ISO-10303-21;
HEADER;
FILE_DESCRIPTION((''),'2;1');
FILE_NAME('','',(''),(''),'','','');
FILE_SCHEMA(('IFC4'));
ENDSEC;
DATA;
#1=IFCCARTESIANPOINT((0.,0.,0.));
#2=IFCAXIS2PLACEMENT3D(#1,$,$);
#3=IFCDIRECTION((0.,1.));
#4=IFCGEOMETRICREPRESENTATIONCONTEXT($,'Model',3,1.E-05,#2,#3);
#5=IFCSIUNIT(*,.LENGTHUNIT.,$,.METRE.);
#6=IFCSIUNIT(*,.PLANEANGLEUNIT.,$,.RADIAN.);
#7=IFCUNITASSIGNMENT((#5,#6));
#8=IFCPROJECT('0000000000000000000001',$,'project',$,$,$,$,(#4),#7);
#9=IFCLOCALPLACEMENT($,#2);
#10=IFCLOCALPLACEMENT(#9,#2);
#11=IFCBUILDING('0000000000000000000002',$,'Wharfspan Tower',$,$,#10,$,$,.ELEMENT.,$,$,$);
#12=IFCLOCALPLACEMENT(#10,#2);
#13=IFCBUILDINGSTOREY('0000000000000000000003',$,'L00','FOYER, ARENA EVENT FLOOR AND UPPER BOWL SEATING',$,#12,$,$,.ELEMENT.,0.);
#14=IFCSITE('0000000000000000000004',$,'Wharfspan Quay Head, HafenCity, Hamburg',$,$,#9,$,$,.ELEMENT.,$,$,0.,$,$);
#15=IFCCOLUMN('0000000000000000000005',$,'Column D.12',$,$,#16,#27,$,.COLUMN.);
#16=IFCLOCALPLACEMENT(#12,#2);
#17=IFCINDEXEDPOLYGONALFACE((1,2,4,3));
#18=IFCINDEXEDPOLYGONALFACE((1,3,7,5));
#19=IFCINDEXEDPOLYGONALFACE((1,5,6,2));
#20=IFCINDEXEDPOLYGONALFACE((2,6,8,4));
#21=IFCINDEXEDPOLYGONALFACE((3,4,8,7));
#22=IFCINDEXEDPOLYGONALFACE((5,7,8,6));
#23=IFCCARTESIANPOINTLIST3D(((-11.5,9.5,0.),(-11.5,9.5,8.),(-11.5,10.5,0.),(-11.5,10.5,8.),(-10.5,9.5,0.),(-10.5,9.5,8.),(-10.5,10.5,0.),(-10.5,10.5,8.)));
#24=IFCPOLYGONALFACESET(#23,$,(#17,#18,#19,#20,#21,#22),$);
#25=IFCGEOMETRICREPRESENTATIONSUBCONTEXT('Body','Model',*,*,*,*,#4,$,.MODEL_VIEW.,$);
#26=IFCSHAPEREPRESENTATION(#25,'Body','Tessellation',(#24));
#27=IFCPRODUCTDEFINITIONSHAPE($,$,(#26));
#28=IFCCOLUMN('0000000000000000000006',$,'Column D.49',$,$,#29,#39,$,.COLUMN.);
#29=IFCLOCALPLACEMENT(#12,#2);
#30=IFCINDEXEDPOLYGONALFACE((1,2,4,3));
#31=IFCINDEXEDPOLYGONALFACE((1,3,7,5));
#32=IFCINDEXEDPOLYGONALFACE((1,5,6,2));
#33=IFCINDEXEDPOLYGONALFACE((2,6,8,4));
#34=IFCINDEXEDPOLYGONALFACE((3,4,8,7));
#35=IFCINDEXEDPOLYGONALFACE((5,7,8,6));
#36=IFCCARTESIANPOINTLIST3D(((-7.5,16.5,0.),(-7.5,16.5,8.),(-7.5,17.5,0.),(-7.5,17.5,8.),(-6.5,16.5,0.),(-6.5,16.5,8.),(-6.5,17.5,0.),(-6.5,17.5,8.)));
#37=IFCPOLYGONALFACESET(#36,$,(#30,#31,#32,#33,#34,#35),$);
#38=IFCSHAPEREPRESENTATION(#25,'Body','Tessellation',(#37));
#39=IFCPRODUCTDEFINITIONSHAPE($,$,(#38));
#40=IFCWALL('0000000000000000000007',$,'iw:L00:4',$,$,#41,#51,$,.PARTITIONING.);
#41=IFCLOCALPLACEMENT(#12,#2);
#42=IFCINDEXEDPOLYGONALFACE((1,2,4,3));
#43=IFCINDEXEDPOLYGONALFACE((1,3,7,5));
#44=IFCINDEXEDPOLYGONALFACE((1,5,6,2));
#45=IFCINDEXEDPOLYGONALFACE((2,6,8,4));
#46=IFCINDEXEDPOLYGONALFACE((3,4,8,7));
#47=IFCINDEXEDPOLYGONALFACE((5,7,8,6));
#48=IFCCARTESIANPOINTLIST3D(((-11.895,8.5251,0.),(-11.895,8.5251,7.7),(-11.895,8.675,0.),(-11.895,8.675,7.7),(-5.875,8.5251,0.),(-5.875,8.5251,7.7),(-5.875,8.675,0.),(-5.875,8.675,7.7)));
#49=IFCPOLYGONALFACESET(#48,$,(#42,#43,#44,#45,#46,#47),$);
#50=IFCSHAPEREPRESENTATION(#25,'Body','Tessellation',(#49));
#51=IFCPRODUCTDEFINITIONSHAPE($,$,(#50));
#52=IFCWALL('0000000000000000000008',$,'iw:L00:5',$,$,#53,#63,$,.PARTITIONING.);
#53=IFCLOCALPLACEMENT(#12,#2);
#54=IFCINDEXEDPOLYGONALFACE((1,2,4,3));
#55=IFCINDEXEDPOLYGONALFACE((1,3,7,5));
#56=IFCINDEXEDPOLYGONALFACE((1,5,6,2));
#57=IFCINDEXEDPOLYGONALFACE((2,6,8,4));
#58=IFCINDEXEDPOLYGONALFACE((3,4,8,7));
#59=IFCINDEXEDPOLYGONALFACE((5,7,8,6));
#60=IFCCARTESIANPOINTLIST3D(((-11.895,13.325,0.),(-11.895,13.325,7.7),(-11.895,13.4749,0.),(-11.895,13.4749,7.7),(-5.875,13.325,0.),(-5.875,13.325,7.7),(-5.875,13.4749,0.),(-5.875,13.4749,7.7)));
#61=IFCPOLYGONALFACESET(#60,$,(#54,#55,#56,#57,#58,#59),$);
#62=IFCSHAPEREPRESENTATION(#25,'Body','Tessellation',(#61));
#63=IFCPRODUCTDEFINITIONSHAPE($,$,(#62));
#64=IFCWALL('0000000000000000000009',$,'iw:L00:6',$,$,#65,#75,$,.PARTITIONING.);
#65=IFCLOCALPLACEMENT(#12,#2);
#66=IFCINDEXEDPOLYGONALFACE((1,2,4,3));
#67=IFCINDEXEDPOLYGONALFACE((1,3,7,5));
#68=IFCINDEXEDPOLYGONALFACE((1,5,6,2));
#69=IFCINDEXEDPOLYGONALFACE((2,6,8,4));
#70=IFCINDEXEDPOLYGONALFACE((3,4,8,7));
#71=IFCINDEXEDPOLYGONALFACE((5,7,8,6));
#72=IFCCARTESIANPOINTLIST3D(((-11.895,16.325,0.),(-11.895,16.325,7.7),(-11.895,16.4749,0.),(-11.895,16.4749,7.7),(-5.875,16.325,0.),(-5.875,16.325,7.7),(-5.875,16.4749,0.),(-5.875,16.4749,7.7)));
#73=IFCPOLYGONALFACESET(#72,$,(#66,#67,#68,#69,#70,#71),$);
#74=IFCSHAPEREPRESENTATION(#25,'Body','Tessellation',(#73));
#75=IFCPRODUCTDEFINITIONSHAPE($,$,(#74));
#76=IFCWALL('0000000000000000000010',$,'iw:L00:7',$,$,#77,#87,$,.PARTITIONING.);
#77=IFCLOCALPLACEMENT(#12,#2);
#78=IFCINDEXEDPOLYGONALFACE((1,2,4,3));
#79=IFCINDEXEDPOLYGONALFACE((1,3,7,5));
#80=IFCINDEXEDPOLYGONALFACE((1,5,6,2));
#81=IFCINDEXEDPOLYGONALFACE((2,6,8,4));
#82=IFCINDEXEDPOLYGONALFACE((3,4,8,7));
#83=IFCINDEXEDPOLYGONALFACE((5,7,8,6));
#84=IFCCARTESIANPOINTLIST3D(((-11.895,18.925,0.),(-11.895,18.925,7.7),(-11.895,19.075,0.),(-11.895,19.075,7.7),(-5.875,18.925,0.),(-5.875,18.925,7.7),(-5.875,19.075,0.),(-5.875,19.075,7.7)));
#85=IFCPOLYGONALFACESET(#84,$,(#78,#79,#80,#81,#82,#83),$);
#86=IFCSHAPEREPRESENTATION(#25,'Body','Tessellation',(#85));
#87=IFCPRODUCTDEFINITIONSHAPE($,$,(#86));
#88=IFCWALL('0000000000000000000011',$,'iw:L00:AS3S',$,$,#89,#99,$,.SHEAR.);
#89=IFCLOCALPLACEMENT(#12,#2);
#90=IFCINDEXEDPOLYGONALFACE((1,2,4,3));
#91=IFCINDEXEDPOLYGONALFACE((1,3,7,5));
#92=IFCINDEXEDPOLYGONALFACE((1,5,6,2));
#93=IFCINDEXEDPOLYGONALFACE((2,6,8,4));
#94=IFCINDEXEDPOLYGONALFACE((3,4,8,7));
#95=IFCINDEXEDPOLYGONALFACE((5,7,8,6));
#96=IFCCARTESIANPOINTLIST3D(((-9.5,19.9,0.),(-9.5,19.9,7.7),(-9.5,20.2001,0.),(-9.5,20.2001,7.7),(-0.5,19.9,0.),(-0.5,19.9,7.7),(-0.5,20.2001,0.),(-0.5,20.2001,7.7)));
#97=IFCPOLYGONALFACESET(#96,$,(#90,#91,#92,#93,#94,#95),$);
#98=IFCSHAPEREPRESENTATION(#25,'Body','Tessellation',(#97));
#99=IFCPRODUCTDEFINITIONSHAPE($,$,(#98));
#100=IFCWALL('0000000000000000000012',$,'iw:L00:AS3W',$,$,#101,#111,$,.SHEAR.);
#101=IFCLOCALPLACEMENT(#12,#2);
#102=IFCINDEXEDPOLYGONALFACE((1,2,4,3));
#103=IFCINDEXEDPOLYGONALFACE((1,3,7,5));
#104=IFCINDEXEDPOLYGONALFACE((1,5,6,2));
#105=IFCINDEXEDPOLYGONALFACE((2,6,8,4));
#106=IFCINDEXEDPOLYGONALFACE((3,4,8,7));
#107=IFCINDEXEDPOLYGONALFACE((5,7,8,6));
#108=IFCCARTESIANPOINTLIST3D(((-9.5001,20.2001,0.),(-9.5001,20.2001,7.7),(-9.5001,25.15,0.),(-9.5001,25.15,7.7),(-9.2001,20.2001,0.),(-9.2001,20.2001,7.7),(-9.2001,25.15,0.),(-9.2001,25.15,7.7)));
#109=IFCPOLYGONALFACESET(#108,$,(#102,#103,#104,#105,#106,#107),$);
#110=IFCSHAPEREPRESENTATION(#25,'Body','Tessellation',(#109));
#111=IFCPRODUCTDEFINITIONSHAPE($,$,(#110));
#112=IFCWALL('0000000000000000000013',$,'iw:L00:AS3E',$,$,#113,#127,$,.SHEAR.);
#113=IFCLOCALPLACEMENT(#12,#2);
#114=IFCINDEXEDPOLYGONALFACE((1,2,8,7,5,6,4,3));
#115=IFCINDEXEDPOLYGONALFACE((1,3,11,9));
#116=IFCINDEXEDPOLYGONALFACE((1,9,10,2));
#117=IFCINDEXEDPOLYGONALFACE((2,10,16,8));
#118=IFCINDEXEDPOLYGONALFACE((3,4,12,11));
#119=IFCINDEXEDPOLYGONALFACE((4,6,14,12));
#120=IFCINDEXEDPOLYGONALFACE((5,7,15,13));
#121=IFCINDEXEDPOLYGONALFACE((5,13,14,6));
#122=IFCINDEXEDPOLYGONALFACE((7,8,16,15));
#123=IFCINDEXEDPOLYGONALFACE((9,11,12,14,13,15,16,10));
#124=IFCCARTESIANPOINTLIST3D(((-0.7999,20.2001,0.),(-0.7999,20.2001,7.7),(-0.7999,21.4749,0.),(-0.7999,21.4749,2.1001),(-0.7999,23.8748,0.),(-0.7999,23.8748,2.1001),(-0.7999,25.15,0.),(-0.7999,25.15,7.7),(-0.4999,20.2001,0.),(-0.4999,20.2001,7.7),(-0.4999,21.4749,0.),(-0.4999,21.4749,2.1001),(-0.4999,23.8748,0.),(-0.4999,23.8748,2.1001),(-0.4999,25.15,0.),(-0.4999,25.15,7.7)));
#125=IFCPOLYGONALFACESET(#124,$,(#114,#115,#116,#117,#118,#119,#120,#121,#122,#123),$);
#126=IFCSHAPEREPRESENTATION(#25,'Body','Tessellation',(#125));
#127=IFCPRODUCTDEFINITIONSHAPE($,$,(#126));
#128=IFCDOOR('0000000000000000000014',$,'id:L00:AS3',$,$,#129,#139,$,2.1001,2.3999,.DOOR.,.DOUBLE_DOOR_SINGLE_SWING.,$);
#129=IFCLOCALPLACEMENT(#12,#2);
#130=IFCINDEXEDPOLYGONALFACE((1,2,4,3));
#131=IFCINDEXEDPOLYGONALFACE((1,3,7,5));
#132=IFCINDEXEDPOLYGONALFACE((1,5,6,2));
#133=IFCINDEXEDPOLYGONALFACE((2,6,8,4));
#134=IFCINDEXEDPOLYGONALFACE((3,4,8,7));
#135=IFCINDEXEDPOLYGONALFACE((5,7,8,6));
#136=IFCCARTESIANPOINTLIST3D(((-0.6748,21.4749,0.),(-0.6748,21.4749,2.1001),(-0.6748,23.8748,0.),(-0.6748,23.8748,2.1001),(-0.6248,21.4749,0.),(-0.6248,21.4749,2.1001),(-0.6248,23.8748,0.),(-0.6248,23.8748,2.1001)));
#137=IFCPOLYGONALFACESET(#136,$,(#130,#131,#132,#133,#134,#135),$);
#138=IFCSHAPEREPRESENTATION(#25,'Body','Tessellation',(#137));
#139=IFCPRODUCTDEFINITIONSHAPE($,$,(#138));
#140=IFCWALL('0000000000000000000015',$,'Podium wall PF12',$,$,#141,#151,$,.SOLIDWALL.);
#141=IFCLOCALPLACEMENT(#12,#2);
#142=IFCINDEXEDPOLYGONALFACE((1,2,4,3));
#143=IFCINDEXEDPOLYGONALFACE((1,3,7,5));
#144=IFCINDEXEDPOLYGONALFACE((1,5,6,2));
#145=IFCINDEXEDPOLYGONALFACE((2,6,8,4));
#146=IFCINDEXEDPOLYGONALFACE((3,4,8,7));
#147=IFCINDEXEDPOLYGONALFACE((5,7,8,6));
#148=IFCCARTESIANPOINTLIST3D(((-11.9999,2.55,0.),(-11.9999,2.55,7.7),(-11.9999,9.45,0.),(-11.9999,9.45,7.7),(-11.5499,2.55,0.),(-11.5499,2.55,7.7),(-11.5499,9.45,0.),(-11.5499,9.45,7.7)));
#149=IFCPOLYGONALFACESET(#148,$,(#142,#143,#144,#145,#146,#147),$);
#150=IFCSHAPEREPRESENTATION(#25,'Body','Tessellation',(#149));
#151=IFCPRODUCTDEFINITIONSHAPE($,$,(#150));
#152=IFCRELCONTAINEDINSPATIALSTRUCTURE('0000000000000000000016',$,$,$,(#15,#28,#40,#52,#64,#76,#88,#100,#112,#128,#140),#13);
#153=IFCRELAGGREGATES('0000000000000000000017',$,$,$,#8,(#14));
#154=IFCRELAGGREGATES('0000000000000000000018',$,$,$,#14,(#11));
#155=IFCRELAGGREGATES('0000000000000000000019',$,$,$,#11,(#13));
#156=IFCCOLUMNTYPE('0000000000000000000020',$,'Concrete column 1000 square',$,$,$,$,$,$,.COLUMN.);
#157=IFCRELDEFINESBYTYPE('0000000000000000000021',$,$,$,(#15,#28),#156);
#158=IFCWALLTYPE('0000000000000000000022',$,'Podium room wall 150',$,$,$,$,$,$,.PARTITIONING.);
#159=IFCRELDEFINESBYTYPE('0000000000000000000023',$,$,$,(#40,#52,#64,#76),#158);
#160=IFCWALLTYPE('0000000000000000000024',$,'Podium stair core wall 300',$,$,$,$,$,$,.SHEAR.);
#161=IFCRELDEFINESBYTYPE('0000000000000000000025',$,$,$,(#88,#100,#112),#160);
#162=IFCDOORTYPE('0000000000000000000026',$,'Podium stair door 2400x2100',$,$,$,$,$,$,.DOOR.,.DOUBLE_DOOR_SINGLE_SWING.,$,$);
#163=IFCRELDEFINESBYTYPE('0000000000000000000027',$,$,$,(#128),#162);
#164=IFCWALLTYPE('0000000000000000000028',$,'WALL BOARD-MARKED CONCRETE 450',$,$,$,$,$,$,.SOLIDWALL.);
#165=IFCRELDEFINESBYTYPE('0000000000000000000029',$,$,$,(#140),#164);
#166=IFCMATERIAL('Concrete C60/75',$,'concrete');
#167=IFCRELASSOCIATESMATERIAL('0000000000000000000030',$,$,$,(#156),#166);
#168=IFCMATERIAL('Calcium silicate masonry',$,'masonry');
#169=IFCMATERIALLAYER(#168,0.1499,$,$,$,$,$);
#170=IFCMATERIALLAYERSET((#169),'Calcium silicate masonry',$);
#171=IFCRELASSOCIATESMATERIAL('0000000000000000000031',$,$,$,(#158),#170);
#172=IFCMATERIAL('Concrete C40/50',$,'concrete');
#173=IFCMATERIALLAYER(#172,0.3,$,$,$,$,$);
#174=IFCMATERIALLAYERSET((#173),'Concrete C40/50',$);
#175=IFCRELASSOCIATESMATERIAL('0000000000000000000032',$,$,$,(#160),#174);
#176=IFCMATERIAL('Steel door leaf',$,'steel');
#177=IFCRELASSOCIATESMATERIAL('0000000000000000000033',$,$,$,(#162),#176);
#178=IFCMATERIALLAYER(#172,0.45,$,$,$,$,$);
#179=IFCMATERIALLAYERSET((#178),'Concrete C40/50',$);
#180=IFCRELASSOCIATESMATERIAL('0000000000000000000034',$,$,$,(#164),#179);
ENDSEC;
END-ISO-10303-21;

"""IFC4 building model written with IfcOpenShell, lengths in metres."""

from ifc_helpers import new_model, si_unit, direction, frame, frame_2d, origin, origin_2d, place, context, subcontext, project, spatial, rectangle, extrude, material, layer, layer_set, material_profile, profile_set, type_object, element, fill, save


model = new_model("IFC4")

# Units and contexts
model_context = context("Model", 3, precision=1e-05, world=origin(), true_north=direction((0.0, 1.0)))
body_context = subcontext(model_context, "Body", "Model", "MODEL_VIEW")
ifc_project = project(units=[si_unit("LENGTHUNIT", "METRE"), si_unit("PLANEANGLEUNIT", "RADIAN")], contexts=[model_context])

# Site, building, storey
site_placement = place(None, origin())
site = spatial("IfcSite", under=ifc_project, at=site_placement, Name="Wharfspan Quay Head, HafenCity, Hamburg", CompositionType="ELEMENT", RefElevation=0.0)
building_placement = place(site_placement, origin())
building = spatial("IfcBuilding", under=site, at=building_placement, Name="Wharfspan Tower", CompositionType="ELEMENT")
storey_placement = place(building_placement, origin())
storey = spatial("IfcBuildingStorey", under=building, at=storey_placement, Name="L00", Description="FOYER, ARENA EVENT FLOOR AND UPPER BOWL SEATING", CompositionType="ELEMENT", Elevation=0.0)

# Columns
ifc_material_1 = material(Name="Concrete C60/75", Category="concrete")
ifc_material_profile = material_profile(ifc_material_1, rectangle(XDim=1.0, YDim=1.0, at=origin_2d()))
ifc_profile_set = profile_set([ifc_material_profile], Name="Concrete C60/75")
column_type = type_object("IfcColumnType", Name="Concrete column 1000 square", PredefinedType="COLUMN", material=ifc_profile_set)
for number, where, z_axis, x_axis, name in (
    (1, (-11.0, 10.0, 0.0), (0.0, 0.0, 1.0), (1.0, 0.0, 0.0), "Column D.12"),
    (2, (-7.0, 17.0, 0.0), (0.0, 0.0, 1.0), (1.0, 0.0, 0.0), "Column D.49"),
):
    element("IfcColumn", number, at=place(storey_placement, frame(where, z_axis=z_axis, x_axis=x_axis)), inside=storey, type_object=column_type, Name=name, PredefinedType="COLUMN", context=body_context, shape_type="SweptSolid", body=[
        extrude(rectangle(XDim=1.0, YDim=1.0, at=origin_2d()), origin(), (0.0, 0.0, 1.0), 8.0),
    ])

# Walls
ifc_material_2 = material(Name="Calcium silicate masonry", Category="masonry")
ifc_layer_1 = layer(ifc_material_2, 0.1499)
ifc_layer_set_1 = layer_set([ifc_layer_1], Name="Calcium silicate masonry")
wall_type_1 = type_object("IfcWallType", Name="Podium room wall 150", PredefinedType="PARTITIONING", material=ifc_layer_set_1)
for number, where, z_axis, x_axis, name in (
    (3, (-11.895, 8.6001, 0.0), (0.0, 0.0, 1.0), (1.0, 0.0, 0.0), "iw:L00:4"),
    (4, (-11.895, 13.3999, 0.0), (0.0, 0.0, 1.0), (1.0, 0.0, 0.0), "iw:L00:5"),
    (5, (-11.895, 16.3999, 0.0), (0.0, 0.0, 1.0), (1.0, 0.0, 0.0), "iw:L00:6"),
    (6, (-11.895, 19.0, 0.0), (0.0, 0.0, 1.0), (1.0, 0.0, 0.0), "iw:L00:7"),
):
    element("IfcWall", number, at=place(storey_placement, frame(where, z_axis=z_axis, x_axis=x_axis)), inside=storey, type_object=wall_type_1, Name=name, PredefinedType="PARTITIONING", context=body_context, shape_type="SweptSolid", body=[
        extrude(rectangle(XDim=6.02, YDim=0.1499, at=frame_2d((3.01, 0.0))), origin(), (0.0, 0.0, 1.0), 7.7),
    ])
ifc_material_3 = material(Name="Concrete C40/50", Category="concrete")
ifc_layer_2 = layer(ifc_material_3, 0.3)
ifc_layer_set_2 = layer_set([ifc_layer_2], Name="Concrete C40/50")
wall_type_2 = type_object("IfcWallType", Name="Podium stair core wall 300", PredefinedType="SHEAR", material=ifc_layer_set_2)
wall_1_placement = place(storey_placement, frame((-9.5, 20.05, 0.0), z_axis=(0.0, 0.0, 1.0), x_axis=(1.0, 0.0, 0.0)))
element("IfcWall", 7, at=wall_1_placement, inside=storey, type_object=wall_type_2, Name="iw:L00:AS3S", PredefinedType="SHEAR", context=body_context, shape_type="SweptSolid", body=[
    extrude(rectangle(XDim=9.0, YDim=0.3, at=frame_2d((4.5, 0.0))), origin(), (0.0, 0.0, 1.0), 7.7),
])
wall_2_placement = place(storey_placement, frame((-9.3501, 20.2, 0.0), z_axis=(0.0, 0.0, 1.0), x_axis=(0.0, 1.0, 0.0)))
element("IfcWall", 8, at=wall_2_placement, inside=storey, type_object=wall_type_2, Name="iw:L00:AS3W", PredefinedType="SHEAR", context=body_context, shape_type="SweptSolid", body=[
    extrude(rectangle(XDim=4.95, YDim=0.3, at=frame_2d((2.4751, 0.0))), origin(), (0.0, 0.0, 1.0), 7.7),
])

# Wall, opening, door
wall_3_placement = place(storey_placement, frame((-0.6499, 20.2, 0.0), z_axis=(0.0, 0.0, 1.0), x_axis=(0.0, 1.0, 0.0)))
wall_3 = element("IfcWall", 9, at=wall_3_placement, inside=storey, type_object=wall_type_2, Name="iw:L00:AS3E", PredefinedType="SHEAR", context=body_context, shape_type="SweptSolid", body=[
    extrude(rectangle(XDim=4.95, YDim=0.3, at=frame_2d((2.4751, 0.0))), origin(), (0.0, 0.0, 1.0), 7.7),
])
opening_1_placement = place(wall_3_placement, frame((1.2749, 0.0, 0.0)))
opening_1 = element("IfcOpeningElement", 10, at=opening_1_placement, cuts=wall_3, PredefinedType="OPENING", context=body_context, shape_type="SweptSolid", body=[
    extrude(rectangle(XDim=2.3999, YDim=2.1001, at=frame_2d((1.2, 1.05))), frame((0.0, 0.1599, 0.0), z_axis=(0.0, -1.0, 0.0), x_axis=(1.0, 0.0, 0.0)), (0.0, 0.0, 1.0), 0.3201),
])
ifc_material_4 = material(Name="Steel door leaf", Category="steel")
door_type_1 = type_object("IfcDoorType", Name="Podium stair door 2400x2100", OperationType="DOUBLE_DOOR_SINGLE_SWING", PredefinedType="DOOR", material=ifc_material_4)
door_1_placement = place(opening_1_placement, origin())
door_1 = element("IfcDoor", 11, at=door_1_placement, inside=storey, type_object=door_type_1, Name="id:L00:AS3", OperationType="DOUBLE_DOOR_SINGLE_SWING", OverallHeight=2.1001, OverallWidth=2.3999, PredefinedType="DOOR", context=body_context, shape_type="SweptSolid", body=[
    extrude(rectangle(XDim=2.3999, YDim=2.1001, at=frame_2d((1.2, 1.05))), frame((0.0, 0.0249, 0.0), z_axis=(0.0, -1.0, 0.0), x_axis=(1.0, 0.0, 0.0)), (0.0, 0.0, 1.0), 0.05),
])
fill(opening_1, door_1)
ifc_layer_3 = layer(ifc_material_3, 0.45)
ifc_layer_set_3 = layer_set([ifc_layer_3], Name="Concrete C40/50")
wall_type_3 = type_object("IfcWallType", Name="WALL BOARD-MARKED CONCRETE 450", PredefinedType="SOLIDWALL", material=ifc_layer_set_3)

# Wall
wall_4_placement = place(storey_placement, frame((-11.7749, 9.45, 0.0), z_axis=(0.0, 0.0, 1.0), x_axis=(0.0, -1.0, 0.0)))
element("IfcWall", 12, at=wall_4_placement, inside=storey, type_object=wall_type_3, Name="Podium wall PF12", PredefinedType="SOLIDWALL", context=body_context, shape_type="SweptSolid", body=[
    extrude(rectangle(XDim=6.8999, YDim=0.45, at=frame_2d((3.45, 0.0))), origin(), (0.0, 0.0, 1.0), 7.7),
])

save(model, "model.ifc")
